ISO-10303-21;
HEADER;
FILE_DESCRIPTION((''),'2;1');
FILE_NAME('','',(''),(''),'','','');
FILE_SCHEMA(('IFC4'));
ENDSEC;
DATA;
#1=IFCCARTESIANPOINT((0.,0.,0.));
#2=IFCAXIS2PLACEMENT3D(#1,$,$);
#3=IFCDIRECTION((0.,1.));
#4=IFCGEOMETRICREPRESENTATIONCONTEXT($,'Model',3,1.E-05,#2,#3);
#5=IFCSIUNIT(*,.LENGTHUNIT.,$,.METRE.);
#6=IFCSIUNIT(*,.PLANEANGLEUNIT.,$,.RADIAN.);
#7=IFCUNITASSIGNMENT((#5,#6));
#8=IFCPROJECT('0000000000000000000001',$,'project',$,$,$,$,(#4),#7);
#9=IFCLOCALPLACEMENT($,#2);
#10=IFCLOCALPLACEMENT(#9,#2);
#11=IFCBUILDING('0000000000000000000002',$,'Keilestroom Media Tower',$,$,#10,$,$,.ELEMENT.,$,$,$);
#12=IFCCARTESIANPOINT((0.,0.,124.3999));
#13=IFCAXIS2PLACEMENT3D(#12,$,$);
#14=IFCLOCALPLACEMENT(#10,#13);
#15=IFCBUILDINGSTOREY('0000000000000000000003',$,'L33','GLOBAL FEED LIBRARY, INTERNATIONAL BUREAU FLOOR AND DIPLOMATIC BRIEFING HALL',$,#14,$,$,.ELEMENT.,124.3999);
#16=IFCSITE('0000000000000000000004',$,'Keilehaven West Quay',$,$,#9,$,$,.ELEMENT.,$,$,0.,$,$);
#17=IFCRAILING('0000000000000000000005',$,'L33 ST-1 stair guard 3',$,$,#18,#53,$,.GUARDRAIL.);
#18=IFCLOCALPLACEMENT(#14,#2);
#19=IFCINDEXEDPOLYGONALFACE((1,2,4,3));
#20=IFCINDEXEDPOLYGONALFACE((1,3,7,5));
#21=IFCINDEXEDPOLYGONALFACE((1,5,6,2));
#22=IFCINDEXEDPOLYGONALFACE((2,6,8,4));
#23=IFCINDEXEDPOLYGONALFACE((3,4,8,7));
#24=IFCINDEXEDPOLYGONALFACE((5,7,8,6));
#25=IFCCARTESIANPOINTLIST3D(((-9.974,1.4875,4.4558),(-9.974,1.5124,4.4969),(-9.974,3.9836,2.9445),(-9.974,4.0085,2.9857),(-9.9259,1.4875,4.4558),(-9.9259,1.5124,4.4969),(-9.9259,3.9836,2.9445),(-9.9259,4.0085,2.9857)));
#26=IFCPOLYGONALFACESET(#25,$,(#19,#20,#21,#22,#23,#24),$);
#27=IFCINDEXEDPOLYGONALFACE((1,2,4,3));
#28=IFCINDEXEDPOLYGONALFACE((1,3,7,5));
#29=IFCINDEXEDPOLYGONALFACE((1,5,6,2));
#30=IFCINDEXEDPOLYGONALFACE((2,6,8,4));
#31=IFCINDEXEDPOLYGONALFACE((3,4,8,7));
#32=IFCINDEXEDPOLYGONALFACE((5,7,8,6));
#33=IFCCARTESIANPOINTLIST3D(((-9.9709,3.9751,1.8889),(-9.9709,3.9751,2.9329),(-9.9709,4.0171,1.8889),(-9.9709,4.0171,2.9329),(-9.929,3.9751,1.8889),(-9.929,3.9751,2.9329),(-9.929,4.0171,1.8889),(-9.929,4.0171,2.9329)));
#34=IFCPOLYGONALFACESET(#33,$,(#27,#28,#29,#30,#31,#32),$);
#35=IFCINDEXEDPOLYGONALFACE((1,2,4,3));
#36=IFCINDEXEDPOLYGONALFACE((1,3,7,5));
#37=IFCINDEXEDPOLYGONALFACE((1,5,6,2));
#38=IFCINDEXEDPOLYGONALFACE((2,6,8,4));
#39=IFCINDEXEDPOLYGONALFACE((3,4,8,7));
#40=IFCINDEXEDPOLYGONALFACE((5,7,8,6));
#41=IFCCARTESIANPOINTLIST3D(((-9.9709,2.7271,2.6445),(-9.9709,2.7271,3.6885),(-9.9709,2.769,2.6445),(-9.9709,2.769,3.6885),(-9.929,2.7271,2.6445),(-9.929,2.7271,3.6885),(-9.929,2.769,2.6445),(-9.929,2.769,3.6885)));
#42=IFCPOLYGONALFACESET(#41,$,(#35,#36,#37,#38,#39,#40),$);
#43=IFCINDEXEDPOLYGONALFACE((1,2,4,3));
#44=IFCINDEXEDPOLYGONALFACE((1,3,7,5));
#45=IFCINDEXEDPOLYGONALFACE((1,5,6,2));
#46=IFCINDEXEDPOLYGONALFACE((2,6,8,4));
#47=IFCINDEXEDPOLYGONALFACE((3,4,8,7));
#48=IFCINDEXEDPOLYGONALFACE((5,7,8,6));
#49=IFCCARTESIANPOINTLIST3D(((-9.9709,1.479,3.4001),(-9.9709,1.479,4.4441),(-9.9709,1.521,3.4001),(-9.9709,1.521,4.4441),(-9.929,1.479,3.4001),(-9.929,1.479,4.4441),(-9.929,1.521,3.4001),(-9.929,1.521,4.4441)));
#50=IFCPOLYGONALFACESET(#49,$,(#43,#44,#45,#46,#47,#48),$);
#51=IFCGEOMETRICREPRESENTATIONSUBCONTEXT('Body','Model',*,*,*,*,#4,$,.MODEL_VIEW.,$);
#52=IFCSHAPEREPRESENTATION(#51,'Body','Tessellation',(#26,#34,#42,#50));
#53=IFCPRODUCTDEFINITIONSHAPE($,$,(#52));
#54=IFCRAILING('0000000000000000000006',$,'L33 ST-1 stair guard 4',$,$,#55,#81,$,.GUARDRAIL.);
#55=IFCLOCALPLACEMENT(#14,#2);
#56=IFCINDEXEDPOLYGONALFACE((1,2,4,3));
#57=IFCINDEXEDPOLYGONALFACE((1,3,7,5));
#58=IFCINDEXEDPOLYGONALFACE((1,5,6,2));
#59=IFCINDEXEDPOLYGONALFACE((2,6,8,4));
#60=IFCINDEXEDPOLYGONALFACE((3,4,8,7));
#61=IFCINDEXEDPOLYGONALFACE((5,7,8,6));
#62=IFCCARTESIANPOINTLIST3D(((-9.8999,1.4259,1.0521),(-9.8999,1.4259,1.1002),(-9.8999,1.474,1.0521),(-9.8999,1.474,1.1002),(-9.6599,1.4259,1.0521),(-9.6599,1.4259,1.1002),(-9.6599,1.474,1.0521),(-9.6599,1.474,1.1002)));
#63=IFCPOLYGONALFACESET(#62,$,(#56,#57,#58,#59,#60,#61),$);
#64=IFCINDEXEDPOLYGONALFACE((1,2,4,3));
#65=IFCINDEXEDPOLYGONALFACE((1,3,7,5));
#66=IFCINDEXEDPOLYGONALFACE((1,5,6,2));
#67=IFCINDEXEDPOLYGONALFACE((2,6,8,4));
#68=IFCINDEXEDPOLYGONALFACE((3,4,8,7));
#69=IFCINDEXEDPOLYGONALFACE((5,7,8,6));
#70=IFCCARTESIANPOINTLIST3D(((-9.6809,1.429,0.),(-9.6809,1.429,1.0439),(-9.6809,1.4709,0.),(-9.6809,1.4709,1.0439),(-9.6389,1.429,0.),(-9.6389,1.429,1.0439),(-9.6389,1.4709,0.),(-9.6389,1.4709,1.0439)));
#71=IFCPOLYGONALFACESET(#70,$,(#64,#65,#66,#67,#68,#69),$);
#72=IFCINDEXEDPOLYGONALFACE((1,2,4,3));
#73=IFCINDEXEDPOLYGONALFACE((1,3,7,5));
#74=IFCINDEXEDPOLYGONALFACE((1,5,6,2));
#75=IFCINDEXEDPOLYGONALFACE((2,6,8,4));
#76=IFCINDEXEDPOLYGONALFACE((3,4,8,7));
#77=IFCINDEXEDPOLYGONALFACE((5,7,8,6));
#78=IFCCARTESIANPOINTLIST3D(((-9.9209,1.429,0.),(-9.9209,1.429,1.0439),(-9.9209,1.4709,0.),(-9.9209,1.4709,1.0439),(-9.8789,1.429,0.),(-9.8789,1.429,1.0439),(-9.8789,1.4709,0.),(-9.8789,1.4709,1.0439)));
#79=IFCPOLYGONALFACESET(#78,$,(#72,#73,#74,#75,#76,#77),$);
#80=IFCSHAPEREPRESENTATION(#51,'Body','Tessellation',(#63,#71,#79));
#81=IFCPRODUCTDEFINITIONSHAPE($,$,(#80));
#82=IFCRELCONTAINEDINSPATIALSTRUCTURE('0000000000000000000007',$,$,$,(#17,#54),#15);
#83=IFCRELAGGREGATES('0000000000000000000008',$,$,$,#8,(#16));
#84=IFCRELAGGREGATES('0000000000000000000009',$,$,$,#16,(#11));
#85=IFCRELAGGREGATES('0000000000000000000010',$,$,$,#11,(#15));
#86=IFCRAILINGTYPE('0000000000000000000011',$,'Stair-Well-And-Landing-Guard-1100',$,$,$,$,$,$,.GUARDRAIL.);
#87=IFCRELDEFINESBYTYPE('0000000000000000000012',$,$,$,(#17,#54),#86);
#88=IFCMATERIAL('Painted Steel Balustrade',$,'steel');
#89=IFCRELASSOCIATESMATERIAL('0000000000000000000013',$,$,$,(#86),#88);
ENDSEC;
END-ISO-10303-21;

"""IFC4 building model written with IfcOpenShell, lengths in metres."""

from ifc_helpers import new_model, si_unit, direction, frame, origin, origin_2d, place, context, subcontext, project, spatial, rectangle, extrude, material, type_object, element, save


model = new_model("IFC4")

# Units and contexts
model_context = context("Model", 3, precision=1e-05, world=origin(), true_north=direction((0.0, 1.0)))
body_context = subcontext(model_context, "Body", "Model", "MODEL_VIEW")
ifc_project = project(units=[si_unit("LENGTHUNIT", "METRE"), si_unit("PLANEANGLEUNIT", "RADIAN")], contexts=[model_context])

# Site, building, storey
site_placement = place(None, origin())
site = spatial("IfcSite", under=ifc_project, at=site_placement, Name="Keilehaven West Quay", CompositionType="ELEMENT", RefElevation=0.0)
building_placement = place(site_placement, origin())
building = spatial("IfcBuilding", under=site, at=building_placement, Name="Keilestroom Media Tower", CompositionType="ELEMENT")
storey_placement = place(building_placement, frame((0.0, 0.0, 124.3999)))
storey = spatial("IfcBuildingStorey", under=building, at=storey_placement, Name="L33", Description="GLOBAL FEED LIBRARY, INTERNATIONAL BUREAU FLOOR AND DIPLOMATIC BRIEFING HALL", CompositionType="ELEMENT", Elevation=124.3999)

# Railings
ifc_material_1 = material(Name="Painted Steel Balustrade", Category="steel")
railing_type_1 = type_object("IfcRailingType", Name="Stair-Well-And-Landing-Guard-1100", PredefinedType="GUARDRAIL", material=ifc_material_1)
railing_1_placement = place(storey_placement, frame((-9.95, 3.9961, 1.8889)))
element("IfcRailing", 1, at=railing_1_placement, inside=storey, type_object=railing_type_1, Name="L33 ST-1 stair guard 3", PredefinedType="GUARDRAIL", context=body_context, shape_type="SweptSolid", body=[
    extrude(rectangle(XDim=0.0481, YDim=0.0481, at=origin_2d()), frame((0.0, 0.0, 1.0762), z_axis=(0.0, -0.855434, 0.517912), x_axis=(1.0, 0.0, 0.0)), (0.0, 0.0, 1.0), 2.918),
    extrude(rectangle(XDim=0.042, YDim=0.042, at=origin_2d()), origin(), (0.0, 0.0, 1.0), 1.0439),
    extrude(rectangle(XDim=0.042, YDim=0.042, at=origin_2d()), frame((0.0, -1.248, 0.7556)), (0.0, 0.0, 1.0), 1.0439),
    extrude(rectangle(XDim=0.042, YDim=0.042, at=origin_2d()), frame((0.0, -2.4961, 1.5112)), (0.0, 0.0, 1.0), 1.0439),
])
railing_2_placement = place(storey_placement, frame((-9.6599, 1.45, 0.0)))
element("IfcRailing", 2, at=railing_2_placement, inside=storey, type_object=railing_type_1, Name="L33 ST-1 stair guard 4", PredefinedType="GUARDRAIL", context=body_context, shape_type="SweptSolid", body=[
    extrude(rectangle(XDim=0.0481, YDim=0.0481, at=origin_2d()), frame((0.0, 0.0, 1.0762), z_axis=(-1.0, 0.0, 0.0), x_axis=(0.0, -1.0, 0.0)), (0.0, 0.0, 1.0), 0.24),
    extrude(rectangle(XDim=0.042, YDim=0.042, at=origin_2d()), origin(), (0.0, 0.0, 1.0), 1.0439),
    extrude(rectangle(XDim=0.042, YDim=0.042, at=origin_2d()), frame((-0.24, 0.0, 0.0)), (0.0, 0.0, 1.0), 1.0439),
])

save(model, "model.ifc")
